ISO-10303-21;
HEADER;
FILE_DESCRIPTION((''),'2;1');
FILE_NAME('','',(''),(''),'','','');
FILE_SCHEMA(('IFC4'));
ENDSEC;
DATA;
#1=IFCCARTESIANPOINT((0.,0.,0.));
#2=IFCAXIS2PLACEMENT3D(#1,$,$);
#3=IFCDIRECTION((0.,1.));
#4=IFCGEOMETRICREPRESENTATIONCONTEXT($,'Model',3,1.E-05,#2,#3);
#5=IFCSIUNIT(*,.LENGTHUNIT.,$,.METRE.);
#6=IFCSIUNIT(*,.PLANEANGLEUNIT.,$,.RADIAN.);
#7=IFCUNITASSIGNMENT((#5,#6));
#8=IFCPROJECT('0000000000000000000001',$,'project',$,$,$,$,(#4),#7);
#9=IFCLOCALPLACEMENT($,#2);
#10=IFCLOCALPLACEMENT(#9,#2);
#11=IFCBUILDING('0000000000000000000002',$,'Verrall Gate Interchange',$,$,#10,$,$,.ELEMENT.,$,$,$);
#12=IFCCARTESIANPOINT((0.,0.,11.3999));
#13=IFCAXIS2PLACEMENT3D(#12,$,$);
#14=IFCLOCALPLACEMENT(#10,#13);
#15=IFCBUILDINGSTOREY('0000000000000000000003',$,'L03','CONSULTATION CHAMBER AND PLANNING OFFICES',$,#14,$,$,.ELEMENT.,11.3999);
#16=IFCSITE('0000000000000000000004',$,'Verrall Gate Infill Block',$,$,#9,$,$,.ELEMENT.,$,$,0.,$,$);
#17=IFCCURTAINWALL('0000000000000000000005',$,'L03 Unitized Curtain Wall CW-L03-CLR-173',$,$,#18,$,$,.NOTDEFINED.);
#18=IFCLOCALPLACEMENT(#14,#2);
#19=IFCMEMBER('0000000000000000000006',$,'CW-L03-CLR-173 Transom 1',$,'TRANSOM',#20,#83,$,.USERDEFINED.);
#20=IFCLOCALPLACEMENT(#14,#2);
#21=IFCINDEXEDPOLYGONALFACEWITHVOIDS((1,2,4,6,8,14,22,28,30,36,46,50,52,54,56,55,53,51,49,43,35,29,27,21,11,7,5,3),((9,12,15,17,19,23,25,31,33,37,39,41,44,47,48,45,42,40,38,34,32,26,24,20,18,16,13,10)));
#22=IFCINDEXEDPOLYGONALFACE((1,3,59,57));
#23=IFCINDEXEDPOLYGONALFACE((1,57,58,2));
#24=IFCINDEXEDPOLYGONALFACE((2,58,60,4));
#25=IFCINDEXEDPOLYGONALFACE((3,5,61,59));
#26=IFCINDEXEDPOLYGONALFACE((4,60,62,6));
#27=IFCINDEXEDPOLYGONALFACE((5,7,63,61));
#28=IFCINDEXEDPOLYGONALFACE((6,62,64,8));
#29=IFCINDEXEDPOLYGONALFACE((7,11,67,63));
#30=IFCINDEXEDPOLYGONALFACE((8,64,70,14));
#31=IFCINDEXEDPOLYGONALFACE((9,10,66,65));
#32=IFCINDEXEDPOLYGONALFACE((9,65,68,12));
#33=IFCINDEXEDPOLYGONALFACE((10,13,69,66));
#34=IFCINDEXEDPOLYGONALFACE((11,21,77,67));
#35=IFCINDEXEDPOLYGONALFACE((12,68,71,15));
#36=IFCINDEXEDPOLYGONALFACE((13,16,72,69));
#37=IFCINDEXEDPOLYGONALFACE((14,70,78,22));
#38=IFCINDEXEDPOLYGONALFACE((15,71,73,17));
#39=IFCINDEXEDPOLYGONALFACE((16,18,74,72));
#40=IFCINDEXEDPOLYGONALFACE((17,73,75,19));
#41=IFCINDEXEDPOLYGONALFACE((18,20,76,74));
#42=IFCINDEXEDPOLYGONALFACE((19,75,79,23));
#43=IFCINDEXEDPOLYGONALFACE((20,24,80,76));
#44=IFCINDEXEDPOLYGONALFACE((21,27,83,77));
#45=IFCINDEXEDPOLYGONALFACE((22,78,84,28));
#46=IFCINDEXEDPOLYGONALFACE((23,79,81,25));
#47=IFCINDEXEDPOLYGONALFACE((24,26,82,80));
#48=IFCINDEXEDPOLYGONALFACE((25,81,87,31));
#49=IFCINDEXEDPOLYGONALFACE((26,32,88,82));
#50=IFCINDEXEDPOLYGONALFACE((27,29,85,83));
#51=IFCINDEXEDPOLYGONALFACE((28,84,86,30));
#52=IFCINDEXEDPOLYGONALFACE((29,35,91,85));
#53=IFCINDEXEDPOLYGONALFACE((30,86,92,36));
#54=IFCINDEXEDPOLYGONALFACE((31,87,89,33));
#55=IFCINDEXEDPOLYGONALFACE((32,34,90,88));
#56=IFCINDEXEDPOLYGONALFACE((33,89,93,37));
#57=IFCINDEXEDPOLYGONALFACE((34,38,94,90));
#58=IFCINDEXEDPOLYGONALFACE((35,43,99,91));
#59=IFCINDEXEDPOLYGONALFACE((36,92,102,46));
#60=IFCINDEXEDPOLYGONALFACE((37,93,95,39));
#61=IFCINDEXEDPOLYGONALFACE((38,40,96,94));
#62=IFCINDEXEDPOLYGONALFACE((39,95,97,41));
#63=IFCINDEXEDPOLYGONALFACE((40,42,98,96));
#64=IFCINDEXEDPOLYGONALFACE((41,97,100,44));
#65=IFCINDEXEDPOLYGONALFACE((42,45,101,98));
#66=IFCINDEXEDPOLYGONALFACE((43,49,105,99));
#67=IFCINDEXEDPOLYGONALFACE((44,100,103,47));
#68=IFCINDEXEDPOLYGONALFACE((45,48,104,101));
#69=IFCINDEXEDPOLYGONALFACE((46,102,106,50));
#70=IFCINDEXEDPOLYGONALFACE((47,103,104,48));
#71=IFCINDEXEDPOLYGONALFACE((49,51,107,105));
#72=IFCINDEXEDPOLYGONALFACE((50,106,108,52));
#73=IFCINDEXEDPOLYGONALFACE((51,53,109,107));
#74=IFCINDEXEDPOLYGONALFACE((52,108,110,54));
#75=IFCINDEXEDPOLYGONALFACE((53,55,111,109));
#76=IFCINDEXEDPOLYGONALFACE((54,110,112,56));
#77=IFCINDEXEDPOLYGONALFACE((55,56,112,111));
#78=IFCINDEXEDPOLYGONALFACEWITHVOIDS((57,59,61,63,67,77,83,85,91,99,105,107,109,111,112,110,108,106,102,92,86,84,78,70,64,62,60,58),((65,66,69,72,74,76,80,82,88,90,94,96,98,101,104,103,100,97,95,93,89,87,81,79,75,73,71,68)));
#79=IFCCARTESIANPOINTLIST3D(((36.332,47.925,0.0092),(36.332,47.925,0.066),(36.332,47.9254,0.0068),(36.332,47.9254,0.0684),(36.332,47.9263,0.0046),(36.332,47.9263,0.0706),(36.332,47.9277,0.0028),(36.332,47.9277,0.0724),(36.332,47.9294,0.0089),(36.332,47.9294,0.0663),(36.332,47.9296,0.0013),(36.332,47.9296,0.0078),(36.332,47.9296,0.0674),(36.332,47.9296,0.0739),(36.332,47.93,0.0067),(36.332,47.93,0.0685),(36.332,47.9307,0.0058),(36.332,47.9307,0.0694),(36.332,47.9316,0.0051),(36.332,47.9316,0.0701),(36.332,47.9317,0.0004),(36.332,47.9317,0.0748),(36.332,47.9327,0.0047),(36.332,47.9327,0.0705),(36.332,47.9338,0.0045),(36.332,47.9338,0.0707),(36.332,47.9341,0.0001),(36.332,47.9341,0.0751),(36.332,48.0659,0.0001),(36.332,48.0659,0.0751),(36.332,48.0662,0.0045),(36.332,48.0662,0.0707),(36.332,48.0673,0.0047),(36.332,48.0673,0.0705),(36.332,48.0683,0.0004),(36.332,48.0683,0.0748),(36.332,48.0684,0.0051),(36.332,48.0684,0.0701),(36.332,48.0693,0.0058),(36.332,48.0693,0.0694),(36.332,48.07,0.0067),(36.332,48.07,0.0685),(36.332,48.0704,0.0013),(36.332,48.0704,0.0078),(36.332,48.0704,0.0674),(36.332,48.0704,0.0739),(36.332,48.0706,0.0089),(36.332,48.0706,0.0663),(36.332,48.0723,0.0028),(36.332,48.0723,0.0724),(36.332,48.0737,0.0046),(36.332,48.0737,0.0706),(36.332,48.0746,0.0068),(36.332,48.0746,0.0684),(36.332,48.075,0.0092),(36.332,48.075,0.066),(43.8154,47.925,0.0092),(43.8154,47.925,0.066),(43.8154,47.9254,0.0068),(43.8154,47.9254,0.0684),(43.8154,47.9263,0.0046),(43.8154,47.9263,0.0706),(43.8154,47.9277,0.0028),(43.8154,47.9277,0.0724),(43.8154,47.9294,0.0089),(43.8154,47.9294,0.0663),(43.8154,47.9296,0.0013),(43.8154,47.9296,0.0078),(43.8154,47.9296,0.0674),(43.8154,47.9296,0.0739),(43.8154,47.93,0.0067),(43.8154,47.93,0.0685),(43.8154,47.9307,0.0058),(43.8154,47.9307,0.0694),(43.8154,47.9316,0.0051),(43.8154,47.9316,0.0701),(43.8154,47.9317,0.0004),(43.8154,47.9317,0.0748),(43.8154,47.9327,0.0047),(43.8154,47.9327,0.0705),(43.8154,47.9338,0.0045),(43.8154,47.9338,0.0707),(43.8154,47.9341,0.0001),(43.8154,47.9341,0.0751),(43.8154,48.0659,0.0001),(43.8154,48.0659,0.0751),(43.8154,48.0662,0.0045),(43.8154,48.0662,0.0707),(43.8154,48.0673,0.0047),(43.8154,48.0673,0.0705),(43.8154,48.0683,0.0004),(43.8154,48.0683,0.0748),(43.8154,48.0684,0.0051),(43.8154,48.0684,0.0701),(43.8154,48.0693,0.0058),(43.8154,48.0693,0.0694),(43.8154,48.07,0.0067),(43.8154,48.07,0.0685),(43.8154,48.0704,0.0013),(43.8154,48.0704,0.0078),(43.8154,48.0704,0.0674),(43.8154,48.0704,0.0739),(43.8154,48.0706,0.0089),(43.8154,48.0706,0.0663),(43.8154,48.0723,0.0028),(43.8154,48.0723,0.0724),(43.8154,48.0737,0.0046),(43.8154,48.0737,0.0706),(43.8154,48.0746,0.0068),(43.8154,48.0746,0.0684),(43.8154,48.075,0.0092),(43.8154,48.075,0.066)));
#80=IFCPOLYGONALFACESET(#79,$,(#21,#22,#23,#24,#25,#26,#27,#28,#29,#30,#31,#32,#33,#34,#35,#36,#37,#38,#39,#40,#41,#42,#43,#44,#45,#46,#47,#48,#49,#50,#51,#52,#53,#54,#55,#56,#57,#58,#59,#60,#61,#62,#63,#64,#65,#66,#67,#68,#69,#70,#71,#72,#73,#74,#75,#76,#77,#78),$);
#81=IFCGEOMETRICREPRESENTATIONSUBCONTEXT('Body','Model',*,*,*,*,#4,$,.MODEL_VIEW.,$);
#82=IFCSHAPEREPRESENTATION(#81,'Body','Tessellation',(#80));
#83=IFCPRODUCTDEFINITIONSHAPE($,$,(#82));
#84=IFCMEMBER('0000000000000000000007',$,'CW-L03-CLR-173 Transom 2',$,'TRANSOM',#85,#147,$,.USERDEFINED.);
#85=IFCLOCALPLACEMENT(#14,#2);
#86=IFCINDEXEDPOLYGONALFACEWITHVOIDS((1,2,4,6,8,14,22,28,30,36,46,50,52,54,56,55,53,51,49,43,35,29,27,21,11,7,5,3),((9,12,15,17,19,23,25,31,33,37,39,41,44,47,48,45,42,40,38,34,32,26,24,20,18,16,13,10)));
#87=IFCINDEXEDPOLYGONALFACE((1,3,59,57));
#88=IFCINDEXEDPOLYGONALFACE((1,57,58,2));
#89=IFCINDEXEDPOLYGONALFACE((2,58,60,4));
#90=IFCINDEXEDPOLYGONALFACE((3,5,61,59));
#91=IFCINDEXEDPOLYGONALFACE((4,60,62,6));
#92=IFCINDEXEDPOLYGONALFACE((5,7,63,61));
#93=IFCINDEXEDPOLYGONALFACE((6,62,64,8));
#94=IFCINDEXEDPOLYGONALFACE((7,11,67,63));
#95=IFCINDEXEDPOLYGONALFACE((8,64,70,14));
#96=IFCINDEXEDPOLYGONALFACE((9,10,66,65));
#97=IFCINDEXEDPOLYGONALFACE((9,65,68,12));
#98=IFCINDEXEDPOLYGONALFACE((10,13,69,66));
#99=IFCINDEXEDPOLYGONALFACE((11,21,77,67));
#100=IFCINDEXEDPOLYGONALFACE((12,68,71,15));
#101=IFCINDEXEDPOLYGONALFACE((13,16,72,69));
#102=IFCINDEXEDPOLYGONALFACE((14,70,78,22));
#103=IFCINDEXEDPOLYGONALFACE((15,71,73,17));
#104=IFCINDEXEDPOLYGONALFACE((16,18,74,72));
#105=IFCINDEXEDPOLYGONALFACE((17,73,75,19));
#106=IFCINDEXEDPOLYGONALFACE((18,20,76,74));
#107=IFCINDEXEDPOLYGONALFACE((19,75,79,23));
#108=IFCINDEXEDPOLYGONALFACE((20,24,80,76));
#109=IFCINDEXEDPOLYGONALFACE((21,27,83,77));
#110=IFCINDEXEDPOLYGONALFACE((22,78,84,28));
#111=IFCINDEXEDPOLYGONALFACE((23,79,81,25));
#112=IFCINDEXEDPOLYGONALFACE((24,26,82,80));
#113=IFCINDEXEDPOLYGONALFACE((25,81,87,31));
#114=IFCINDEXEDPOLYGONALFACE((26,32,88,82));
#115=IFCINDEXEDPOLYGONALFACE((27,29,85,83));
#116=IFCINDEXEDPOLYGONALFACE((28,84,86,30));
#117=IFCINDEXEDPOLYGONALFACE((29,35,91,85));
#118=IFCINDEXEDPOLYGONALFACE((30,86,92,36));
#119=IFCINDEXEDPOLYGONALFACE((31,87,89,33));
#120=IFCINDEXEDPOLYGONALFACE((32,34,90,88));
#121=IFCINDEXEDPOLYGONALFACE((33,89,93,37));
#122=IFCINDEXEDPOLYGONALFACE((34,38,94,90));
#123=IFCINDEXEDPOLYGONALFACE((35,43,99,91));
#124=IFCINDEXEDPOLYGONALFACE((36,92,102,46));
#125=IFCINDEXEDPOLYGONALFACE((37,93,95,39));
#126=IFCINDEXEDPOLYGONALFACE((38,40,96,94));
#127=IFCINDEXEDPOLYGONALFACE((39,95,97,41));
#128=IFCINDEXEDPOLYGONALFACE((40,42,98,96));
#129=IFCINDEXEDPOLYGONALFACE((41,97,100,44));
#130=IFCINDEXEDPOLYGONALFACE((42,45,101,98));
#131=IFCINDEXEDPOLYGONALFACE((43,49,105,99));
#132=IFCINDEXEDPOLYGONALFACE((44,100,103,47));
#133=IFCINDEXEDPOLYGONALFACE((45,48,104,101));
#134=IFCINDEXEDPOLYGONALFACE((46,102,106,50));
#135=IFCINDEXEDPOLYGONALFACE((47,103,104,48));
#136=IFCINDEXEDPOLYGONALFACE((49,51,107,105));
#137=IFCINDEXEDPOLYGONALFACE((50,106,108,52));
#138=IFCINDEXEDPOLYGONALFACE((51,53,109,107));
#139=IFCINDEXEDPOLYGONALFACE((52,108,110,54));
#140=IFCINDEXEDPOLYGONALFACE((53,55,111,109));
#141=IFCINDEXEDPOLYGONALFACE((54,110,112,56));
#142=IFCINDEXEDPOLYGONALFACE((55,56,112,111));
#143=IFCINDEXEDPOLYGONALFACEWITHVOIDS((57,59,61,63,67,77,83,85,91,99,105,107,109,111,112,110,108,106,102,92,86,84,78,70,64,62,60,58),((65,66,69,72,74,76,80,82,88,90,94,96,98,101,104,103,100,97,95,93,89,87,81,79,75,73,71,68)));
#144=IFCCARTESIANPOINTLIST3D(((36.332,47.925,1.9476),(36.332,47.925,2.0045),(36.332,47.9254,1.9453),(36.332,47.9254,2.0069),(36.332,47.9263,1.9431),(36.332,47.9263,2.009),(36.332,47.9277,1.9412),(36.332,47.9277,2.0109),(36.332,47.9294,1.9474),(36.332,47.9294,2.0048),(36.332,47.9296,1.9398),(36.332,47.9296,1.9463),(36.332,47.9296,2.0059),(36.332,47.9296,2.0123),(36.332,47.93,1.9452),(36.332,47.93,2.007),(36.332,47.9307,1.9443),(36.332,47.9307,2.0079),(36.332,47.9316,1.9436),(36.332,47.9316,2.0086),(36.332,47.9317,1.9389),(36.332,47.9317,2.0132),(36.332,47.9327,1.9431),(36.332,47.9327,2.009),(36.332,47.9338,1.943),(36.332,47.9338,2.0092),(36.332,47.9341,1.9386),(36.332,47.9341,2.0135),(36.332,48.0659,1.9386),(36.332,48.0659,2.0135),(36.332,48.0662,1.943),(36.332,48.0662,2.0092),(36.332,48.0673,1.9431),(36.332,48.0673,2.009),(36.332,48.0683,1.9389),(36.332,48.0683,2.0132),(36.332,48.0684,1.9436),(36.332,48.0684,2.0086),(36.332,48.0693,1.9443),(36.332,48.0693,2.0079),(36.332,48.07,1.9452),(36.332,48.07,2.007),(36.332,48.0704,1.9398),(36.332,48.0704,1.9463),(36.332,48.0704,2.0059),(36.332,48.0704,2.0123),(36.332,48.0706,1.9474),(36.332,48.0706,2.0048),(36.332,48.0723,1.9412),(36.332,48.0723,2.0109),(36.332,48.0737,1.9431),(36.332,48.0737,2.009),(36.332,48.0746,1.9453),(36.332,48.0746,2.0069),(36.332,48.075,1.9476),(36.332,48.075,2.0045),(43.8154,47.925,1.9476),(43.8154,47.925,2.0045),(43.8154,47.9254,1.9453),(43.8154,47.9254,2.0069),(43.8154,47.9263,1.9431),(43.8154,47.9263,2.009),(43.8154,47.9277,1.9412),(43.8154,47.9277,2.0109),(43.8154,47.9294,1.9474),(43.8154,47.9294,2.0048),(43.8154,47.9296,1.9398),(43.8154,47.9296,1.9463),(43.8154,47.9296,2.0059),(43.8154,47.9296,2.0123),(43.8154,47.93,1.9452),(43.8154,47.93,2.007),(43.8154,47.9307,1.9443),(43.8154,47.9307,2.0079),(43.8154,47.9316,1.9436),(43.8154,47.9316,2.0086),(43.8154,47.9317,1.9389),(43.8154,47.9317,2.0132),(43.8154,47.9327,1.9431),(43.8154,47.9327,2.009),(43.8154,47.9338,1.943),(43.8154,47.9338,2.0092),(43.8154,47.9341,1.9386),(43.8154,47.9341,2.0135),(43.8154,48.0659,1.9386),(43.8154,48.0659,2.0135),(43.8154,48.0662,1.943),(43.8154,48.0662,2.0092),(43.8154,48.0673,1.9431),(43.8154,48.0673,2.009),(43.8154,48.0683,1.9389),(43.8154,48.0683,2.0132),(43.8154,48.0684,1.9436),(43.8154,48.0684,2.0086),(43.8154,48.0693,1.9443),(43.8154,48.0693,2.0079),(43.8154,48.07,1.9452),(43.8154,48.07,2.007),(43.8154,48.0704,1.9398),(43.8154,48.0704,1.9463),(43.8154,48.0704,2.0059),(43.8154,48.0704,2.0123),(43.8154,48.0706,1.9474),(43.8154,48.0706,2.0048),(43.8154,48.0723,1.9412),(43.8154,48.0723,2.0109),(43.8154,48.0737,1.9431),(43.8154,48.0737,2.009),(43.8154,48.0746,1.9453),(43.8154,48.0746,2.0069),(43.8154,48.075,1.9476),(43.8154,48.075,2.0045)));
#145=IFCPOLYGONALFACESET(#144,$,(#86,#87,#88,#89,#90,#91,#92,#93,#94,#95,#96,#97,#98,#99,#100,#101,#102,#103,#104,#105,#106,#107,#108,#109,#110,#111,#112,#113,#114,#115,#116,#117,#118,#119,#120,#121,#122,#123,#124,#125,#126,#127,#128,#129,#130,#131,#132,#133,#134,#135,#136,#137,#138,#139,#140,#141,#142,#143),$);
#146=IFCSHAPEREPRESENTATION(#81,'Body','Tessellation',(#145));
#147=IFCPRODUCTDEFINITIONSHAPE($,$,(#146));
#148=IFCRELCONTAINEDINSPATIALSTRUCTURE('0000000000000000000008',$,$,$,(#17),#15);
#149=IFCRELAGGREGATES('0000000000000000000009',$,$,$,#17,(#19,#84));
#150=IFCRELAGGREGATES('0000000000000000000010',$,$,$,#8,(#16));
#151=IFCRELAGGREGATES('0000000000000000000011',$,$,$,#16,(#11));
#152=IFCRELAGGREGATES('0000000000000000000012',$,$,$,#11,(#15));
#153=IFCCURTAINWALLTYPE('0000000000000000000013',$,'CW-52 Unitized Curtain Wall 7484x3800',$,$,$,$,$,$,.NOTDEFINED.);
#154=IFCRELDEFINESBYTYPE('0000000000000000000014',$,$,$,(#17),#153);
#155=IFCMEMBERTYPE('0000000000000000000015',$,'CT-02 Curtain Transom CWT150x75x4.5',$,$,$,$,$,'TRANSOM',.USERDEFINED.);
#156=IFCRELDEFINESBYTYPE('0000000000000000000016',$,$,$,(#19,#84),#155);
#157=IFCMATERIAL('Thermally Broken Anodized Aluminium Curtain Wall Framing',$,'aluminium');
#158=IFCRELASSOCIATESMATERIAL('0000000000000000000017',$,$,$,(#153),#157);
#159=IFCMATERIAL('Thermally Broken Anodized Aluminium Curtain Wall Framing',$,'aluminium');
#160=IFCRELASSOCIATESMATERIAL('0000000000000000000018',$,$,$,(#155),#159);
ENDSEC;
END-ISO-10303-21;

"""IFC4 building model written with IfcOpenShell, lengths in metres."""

from ifc_helpers import new_model, si_unit, direction, frame, origin, origin_2d, place, context, subcontext, project, spatial, hollow_rectangle, extrude, material, material_profile, profile_set, type_object, element, aggregate, save


model = new_model("IFC4")

# Units and contexts
model_context = context("Model", 3, precision=1e-05, world=origin(), true_north=direction((0.0, 1.0)))
body_context = subcontext(model_context, "Body", "Model", "MODEL_VIEW")
ifc_project = project(units=[si_unit("LENGTHUNIT", "METRE"), si_unit("PLANEANGLEUNIT", "RADIAN")], contexts=[model_context])

# Site, building, storey
site_placement = place(None, origin())
site = spatial("IfcSite", under=ifc_project, at=site_placement, Name="Verrall Gate Infill Block", CompositionType="ELEMENT", RefElevation=0.0)
building_placement = place(site_placement, origin())
building = spatial("IfcBuilding", under=site, at=building_placement, Name="Verrall Gate Interchange", CompositionType="ELEMENT")
storey_placement = place(building_placement, frame((0.0, 0.0, 11.3999)))
storey = spatial("IfcBuildingStorey", under=building, at=storey_placement, Name="L03", Description="CONSULTATION CHAMBER AND PLANNING OFFICES", CompositionType="ELEMENT", Elevation=11.3999)

# Curtain wall, members
ifc_material_1 = material(Name="Thermally Broken Anodized Aluminium Curtain Wall Framing", Category="aluminium")
curtain_wall_type = type_object("IfcCurtainWallType", Name="CW-52 Unitized Curtain Wall 7484x3800", PredefinedType="NOTDEFINED", material=ifc_material_1)
curtain_wall_placement = place(storey_placement, origin())
curtain_wall = element("IfcCurtainWall", 1, at=curtain_wall_placement, inside=storey, type_object=curtain_wall_type, Name="L03 Unitized Curtain Wall CW-L03-CLR-173", PredefinedType="NOTDEFINED")
ifc_material_2 = material(Name="Thermally Broken Anodized Aluminium Curtain Wall Framing", Category="aluminium")
ifc_material_profile_1 = material_profile(ifc_material_2, hollow_rectangle(XDim=0.1499, YDim=0.075, WallThickness=0.0044, InnerFilletRadius=0.0044, OuterFilletRadius=0.009, at=origin_2d()), Name="CWT150x75x4.5")
ifc_profile_set_1 = profile_set([ifc_material_profile_1], Name="Thermally Broken Anodized Aluminium Curtain Wall Framing")
member_type_1 = type_object("IfcMemberType", Name="CT-02 Curtain Transom CWT150x75x4.5", ElementType="TRANSOM", PredefinedType="USERDEFINED", material=ifc_profile_set_1)
member_1_placement = place(storey_placement, frame((36.332, 48.0, 0.0376), z_axis=(1.0, 0.0, 0.0), x_axis=(0.0, 1.0, 0.0)))
member_1 = element("IfcMember", 2, at=member_1_placement, type_object=member_type_1, Name="CW-L03-CLR-173 Transom 1", ObjectType="TRANSOM", PredefinedType="USERDEFINED", context=body_context, shape_type="SweptSolid", body=[
    extrude(hollow_rectangle(XDim=0.1499, YDim=0.075, WallThickness=0.0044, InnerFilletRadius=0.0044, OuterFilletRadius=0.009, at=origin_2d()), origin(), (0.0, 0.0, 1.0), 7.4834),
])
member_2_placement = place(storey_placement, frame((36.332, 48.0, 1.9761), z_axis=(1.0, 0.0, 0.0), x_axis=(0.0, 1.0, 0.0)))
member_2 = element("IfcMember", 3, at=member_2_placement, type_object=member_type_1, Name="CW-L03-CLR-173 Transom 2", ObjectType="TRANSOM", PredefinedType="USERDEFINED", context=body_context, shape_type="SweptSolid", body=[
    extrude(hollow_rectangle(XDim=0.1499, YDim=0.075, WallThickness=0.0044, InnerFilletRadius=0.0044, OuterFilletRadius=0.009, at=origin_2d()), origin(), (0.0, 0.0, 1.0), 7.4834),
])

aggregate(curtain_wall, [member_1, member_2])

save(model, "model.ifc")
